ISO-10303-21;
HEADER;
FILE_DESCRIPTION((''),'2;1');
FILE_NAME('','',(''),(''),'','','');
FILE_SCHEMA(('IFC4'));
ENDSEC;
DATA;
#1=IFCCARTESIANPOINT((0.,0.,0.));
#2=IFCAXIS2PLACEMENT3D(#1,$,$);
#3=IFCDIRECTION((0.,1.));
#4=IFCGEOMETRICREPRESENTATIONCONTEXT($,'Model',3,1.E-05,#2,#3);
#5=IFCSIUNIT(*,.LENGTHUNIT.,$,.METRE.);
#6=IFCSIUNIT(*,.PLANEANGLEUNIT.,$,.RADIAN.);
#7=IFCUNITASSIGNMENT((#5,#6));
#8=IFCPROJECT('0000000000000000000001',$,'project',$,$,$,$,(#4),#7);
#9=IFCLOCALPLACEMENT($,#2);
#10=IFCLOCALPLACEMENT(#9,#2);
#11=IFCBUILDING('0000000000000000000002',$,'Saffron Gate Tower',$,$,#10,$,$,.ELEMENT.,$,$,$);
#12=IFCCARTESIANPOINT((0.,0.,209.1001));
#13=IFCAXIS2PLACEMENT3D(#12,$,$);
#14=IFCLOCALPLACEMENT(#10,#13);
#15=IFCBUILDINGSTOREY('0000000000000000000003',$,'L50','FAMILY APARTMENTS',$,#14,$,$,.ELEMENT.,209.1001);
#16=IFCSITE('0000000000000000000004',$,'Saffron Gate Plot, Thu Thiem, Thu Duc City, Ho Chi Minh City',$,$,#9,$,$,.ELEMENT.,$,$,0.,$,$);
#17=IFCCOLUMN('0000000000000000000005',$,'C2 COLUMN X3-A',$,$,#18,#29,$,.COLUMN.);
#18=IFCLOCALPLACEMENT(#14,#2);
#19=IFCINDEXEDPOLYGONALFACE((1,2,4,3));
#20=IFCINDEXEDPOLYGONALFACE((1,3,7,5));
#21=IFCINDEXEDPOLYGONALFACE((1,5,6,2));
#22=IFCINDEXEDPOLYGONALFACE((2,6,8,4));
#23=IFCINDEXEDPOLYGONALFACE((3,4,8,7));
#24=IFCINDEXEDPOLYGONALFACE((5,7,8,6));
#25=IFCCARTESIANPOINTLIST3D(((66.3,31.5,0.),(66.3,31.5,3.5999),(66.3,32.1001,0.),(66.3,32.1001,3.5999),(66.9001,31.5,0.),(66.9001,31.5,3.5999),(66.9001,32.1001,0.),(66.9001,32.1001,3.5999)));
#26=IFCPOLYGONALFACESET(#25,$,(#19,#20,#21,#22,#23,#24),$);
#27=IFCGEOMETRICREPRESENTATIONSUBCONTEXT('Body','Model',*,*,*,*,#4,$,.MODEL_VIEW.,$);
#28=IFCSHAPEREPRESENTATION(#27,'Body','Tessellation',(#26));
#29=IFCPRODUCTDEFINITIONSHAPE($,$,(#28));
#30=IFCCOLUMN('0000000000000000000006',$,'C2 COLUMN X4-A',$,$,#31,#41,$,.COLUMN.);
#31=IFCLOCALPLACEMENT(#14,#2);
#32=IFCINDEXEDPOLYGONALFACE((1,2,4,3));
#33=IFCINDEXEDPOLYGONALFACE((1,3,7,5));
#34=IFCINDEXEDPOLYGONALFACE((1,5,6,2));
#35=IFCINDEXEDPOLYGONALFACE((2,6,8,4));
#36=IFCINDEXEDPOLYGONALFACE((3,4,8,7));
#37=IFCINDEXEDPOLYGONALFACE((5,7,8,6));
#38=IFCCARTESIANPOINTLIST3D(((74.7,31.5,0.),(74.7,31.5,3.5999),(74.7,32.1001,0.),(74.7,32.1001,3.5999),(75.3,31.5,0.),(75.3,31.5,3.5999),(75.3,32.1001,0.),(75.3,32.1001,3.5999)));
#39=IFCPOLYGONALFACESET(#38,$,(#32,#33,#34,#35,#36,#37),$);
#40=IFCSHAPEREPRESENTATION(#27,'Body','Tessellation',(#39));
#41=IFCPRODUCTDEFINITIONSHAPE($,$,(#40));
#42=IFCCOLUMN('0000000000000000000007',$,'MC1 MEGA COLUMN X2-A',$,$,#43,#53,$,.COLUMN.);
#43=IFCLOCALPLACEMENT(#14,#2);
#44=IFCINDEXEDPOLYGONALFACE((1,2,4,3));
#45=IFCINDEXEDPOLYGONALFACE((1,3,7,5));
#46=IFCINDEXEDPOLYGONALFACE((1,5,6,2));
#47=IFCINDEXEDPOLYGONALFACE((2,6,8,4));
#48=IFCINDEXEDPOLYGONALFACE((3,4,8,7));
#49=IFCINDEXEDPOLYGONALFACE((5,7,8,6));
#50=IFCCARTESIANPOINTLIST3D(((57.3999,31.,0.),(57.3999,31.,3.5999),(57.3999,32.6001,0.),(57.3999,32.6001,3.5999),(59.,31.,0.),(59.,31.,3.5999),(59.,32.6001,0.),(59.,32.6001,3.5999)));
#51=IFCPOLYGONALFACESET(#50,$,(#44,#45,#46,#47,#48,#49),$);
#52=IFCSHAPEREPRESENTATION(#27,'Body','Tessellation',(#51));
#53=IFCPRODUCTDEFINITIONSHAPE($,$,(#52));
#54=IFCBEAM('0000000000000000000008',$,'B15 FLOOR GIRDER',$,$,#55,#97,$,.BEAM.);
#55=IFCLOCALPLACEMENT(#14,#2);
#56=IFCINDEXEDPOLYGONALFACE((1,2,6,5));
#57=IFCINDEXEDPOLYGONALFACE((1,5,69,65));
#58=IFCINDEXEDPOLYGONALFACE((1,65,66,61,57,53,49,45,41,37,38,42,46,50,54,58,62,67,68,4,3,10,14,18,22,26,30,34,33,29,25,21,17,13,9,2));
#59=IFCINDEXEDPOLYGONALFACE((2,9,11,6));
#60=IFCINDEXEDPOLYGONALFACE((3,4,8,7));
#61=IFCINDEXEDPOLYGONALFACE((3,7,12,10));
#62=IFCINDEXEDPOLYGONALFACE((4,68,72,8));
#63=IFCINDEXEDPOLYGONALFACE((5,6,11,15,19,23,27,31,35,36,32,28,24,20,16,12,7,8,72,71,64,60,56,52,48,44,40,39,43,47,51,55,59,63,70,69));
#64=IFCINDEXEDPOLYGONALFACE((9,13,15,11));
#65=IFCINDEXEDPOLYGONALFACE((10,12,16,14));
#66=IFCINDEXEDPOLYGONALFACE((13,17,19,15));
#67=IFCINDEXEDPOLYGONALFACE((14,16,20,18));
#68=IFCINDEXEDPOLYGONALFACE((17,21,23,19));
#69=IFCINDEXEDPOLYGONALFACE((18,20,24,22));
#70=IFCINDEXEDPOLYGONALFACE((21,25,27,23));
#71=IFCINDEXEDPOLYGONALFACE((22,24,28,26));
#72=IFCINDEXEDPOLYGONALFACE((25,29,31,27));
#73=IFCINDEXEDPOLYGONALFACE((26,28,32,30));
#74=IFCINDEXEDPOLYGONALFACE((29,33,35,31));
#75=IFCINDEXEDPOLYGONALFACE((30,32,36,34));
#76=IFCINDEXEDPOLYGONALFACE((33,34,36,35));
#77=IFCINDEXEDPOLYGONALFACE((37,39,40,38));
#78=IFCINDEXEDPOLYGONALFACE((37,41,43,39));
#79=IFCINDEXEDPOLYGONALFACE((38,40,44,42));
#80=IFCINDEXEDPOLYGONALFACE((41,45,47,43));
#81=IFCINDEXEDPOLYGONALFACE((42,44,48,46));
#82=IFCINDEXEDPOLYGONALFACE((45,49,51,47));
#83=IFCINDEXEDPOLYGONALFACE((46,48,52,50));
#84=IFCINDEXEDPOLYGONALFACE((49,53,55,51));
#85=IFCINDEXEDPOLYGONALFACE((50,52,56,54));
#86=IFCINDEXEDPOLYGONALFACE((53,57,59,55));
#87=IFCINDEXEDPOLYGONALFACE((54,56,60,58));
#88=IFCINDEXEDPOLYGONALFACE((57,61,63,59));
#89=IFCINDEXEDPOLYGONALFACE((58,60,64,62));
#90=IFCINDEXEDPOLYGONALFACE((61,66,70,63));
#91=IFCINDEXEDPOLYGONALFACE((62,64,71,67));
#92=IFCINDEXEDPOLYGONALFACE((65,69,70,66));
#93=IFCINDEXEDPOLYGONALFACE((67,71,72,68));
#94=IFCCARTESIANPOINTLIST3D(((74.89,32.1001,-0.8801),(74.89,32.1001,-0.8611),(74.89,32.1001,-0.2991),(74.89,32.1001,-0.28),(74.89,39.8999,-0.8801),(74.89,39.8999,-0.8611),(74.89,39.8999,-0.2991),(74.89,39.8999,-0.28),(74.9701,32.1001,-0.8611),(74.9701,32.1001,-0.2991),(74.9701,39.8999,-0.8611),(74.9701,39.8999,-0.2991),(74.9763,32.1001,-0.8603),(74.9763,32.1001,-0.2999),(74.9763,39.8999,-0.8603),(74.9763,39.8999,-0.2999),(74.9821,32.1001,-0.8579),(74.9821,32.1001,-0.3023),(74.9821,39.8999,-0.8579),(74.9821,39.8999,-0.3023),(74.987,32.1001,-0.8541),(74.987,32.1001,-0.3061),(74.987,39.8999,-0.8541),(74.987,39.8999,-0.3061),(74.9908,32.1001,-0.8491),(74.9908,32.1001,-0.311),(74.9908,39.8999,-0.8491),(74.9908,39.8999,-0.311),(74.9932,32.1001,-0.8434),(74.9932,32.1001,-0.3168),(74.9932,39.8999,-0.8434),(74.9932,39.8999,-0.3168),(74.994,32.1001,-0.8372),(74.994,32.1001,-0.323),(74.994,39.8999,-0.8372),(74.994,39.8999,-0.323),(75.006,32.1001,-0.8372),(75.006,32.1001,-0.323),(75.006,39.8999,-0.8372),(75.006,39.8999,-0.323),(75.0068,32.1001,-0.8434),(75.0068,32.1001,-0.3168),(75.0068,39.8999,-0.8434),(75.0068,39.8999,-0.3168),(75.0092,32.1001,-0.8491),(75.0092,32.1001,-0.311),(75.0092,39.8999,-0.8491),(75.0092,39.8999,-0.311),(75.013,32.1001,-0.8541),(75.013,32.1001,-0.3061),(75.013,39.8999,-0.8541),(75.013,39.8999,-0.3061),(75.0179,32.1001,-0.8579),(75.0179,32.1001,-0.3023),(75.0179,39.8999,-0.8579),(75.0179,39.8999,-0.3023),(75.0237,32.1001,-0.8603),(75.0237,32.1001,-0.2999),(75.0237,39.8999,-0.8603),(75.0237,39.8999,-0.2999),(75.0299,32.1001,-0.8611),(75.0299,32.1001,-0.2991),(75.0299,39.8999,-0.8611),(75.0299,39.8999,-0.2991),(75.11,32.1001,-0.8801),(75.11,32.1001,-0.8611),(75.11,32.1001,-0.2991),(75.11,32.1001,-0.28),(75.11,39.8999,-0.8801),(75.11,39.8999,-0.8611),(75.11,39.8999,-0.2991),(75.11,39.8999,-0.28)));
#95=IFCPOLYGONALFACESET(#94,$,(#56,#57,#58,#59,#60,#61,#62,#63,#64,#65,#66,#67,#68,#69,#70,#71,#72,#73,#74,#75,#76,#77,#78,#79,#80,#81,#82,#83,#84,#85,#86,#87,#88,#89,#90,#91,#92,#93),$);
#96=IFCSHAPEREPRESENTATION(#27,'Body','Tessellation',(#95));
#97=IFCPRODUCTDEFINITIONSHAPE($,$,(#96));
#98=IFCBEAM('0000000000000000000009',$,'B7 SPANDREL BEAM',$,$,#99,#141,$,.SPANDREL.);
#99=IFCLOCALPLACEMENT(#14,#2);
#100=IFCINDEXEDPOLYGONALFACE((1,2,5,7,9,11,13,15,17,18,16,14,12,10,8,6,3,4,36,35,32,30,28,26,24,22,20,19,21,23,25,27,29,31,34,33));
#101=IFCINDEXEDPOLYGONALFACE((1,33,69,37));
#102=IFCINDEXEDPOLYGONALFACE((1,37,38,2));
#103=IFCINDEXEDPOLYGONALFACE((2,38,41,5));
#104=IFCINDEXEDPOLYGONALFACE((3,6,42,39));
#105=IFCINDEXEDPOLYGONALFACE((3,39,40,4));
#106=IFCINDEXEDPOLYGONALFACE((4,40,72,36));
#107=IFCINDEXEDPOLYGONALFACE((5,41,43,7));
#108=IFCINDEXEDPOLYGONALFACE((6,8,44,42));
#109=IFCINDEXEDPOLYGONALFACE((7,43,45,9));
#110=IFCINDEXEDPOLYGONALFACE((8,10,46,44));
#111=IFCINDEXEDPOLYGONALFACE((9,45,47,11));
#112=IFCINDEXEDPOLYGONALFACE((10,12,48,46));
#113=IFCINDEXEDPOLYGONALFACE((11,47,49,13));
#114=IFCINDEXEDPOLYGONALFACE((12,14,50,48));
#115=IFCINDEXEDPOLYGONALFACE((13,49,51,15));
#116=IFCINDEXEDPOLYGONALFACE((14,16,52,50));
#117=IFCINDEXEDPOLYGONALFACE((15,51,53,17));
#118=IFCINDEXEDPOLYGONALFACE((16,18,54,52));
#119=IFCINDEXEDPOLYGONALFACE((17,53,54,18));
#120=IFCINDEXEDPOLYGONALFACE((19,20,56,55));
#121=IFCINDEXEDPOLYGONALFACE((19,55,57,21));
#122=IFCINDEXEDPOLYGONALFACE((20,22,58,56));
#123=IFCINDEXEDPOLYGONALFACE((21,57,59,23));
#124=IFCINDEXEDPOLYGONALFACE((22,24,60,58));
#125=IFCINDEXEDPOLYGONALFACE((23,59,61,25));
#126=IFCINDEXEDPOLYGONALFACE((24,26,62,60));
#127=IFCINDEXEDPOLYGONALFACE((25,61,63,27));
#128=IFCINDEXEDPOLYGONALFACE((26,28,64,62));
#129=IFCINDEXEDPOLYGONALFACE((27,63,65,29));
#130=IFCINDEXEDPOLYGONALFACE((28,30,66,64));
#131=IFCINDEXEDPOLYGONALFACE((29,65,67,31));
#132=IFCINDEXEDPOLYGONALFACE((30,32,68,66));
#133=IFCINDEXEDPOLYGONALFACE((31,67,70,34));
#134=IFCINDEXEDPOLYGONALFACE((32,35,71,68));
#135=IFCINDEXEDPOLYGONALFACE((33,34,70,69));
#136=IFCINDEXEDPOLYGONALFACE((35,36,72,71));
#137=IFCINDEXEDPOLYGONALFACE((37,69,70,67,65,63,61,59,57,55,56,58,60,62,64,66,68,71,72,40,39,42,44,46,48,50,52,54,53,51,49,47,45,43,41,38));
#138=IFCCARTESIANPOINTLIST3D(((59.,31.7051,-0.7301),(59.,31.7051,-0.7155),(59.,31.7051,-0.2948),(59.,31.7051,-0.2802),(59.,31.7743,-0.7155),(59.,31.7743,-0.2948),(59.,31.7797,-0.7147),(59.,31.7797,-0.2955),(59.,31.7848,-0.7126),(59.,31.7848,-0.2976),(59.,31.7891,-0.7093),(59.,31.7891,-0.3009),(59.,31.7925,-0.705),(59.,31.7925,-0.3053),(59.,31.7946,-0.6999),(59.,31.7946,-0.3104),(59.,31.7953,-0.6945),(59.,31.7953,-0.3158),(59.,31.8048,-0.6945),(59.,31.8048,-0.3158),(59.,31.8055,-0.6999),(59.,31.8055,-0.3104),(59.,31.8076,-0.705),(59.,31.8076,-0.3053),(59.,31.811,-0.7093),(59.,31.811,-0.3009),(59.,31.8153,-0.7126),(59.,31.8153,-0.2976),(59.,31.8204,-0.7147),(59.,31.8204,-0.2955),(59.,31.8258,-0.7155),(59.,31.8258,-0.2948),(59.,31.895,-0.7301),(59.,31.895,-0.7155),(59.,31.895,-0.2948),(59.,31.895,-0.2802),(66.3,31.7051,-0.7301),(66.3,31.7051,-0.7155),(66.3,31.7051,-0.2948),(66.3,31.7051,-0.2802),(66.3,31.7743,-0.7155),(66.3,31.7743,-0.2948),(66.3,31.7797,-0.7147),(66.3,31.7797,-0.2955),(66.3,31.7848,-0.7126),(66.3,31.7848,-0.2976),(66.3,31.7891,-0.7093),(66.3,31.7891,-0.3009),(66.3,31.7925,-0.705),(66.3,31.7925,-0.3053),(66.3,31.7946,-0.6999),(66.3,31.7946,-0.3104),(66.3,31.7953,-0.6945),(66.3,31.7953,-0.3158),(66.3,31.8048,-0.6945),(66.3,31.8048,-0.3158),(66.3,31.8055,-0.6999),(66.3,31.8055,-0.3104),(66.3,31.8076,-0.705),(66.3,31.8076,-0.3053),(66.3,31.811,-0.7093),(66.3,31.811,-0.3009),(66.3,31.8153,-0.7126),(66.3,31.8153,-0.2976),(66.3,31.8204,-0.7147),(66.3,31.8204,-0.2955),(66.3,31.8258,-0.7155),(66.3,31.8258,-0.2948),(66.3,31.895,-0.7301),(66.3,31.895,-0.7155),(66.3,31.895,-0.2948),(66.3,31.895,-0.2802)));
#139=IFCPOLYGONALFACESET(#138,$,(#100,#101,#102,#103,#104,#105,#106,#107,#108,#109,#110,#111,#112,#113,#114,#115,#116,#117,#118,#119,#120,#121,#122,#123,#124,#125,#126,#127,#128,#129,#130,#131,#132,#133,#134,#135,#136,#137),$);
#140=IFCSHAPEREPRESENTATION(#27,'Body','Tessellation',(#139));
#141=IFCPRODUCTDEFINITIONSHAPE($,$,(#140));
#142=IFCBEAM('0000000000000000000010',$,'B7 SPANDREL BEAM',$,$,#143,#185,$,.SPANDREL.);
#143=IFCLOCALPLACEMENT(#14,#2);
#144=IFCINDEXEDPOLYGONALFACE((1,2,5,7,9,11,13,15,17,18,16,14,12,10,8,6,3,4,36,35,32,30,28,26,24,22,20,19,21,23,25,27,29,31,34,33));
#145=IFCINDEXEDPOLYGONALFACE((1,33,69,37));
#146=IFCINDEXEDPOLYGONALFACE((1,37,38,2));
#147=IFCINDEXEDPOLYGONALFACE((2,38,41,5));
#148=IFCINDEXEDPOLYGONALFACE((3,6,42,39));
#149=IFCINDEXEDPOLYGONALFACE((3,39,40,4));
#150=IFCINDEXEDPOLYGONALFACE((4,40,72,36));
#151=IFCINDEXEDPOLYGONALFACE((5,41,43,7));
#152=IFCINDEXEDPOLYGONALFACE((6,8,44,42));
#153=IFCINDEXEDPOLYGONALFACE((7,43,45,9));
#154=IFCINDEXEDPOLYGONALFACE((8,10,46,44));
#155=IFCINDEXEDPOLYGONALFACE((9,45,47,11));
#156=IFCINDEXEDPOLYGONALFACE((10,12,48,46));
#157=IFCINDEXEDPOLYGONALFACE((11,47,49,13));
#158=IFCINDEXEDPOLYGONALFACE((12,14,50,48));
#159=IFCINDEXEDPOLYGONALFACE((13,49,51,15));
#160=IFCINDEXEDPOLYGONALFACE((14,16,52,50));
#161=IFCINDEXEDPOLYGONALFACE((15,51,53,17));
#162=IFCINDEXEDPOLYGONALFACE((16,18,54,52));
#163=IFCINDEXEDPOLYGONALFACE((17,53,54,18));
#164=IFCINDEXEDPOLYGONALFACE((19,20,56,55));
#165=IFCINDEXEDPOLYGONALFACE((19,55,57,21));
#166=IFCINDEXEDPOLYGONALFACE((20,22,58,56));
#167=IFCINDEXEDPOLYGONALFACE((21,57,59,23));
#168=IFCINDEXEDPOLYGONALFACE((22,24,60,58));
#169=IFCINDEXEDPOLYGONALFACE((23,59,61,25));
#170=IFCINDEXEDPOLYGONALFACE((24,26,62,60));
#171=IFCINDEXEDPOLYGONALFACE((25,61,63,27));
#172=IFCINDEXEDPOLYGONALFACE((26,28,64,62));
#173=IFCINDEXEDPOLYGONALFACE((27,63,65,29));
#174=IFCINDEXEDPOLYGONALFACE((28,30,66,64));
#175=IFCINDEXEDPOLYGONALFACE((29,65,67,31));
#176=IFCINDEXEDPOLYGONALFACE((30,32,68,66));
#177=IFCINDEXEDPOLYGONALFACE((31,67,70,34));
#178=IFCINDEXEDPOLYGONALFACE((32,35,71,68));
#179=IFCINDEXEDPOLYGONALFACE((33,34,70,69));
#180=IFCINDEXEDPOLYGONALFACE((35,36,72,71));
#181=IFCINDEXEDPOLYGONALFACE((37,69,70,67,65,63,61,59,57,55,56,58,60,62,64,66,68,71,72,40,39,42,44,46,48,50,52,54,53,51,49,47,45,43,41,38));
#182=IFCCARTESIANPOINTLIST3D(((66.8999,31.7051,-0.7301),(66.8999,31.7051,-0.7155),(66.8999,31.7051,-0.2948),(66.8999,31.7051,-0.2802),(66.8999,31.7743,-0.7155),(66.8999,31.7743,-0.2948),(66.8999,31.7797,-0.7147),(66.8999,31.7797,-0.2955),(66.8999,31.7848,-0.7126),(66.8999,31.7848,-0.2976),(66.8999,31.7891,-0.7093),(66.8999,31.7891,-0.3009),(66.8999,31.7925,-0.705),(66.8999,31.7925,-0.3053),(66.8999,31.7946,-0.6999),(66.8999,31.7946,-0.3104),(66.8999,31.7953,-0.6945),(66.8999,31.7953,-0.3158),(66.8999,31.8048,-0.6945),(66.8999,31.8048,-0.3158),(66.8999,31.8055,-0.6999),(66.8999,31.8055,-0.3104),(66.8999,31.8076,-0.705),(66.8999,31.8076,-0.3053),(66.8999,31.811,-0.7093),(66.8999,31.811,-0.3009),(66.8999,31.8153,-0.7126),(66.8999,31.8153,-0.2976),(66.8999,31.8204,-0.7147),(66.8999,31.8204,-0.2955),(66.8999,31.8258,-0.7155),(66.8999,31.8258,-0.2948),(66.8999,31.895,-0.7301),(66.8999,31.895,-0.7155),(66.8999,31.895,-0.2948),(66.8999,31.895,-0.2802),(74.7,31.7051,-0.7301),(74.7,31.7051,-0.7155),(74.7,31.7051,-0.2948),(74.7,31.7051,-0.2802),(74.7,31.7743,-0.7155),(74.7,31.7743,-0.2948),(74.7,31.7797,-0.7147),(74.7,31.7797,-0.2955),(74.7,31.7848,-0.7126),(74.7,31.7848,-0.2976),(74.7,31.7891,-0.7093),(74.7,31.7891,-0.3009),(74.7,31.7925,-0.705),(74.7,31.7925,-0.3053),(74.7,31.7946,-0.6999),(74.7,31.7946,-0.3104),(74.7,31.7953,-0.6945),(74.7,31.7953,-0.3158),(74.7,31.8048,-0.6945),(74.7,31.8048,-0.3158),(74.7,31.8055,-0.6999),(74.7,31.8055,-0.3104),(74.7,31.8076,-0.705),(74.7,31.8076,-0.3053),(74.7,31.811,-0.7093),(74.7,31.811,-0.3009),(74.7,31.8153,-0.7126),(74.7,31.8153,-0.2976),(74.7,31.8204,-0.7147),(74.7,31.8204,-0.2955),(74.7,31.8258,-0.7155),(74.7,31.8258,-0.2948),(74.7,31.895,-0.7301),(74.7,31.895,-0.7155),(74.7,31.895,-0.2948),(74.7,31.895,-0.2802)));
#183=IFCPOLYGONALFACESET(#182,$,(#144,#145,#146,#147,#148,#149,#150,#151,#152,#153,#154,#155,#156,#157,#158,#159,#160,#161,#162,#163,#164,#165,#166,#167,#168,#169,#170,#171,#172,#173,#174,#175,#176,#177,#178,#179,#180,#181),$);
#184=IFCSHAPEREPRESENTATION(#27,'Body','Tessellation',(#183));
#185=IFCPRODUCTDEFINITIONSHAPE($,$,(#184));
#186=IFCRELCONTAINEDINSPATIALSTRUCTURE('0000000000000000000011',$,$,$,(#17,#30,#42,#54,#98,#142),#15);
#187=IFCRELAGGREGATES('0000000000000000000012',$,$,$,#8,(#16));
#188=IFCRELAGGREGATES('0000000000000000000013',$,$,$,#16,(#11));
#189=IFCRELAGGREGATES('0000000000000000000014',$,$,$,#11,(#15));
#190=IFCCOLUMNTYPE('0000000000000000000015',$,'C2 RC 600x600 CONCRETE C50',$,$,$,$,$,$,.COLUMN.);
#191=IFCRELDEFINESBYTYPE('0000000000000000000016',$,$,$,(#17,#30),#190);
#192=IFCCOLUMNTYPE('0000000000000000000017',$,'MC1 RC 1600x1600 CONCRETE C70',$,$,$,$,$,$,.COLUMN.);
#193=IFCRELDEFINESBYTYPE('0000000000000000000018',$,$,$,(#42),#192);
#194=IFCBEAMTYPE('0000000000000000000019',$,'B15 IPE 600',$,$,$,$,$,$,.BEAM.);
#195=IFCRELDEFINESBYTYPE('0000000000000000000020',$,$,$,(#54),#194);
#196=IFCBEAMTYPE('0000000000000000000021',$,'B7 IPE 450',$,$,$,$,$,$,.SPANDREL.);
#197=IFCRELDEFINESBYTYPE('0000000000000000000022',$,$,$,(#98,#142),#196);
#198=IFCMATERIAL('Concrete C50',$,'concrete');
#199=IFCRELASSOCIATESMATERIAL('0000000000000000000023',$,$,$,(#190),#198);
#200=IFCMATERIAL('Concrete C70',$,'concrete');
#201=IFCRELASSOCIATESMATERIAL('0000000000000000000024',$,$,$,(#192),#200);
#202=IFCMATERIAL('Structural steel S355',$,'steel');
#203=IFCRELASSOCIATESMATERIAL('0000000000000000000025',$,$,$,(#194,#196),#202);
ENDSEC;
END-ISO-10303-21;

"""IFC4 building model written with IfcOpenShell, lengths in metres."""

from ifc_helpers import new_model, si_unit, direction, frame, origin, origin_2d, place, context, subcontext, project, spatial, rectangle, i_section, extrude, material, material_profile, profile_set, type_object, element, save


model = new_model("IFC4")

# Units and contexts
model_context = context("Model", 3, precision=1e-05, world=origin(), true_north=direction((0.0, 1.0)))
body_context = subcontext(model_context, "Body", "Model", "MODEL_VIEW")
ifc_project = project(units=[si_unit("LENGTHUNIT", "METRE"), si_unit("PLANEANGLEUNIT", "RADIAN")], contexts=[model_context])

# Site, building, storey
site_placement = place(None, origin())
site = spatial("IfcSite", under=ifc_project, at=site_placement, Name="Saffron Gate Plot, Thu Thiem, Thu Duc City, Ho Chi Minh City", CompositionType="ELEMENT", RefElevation=0.0)
building_placement = place(site_placement, origin())
building = spatial("IfcBuilding", under=site, at=building_placement, Name="Saffron Gate Tower", CompositionType="ELEMENT")
storey_placement = place(building_placement, frame((0.0, 0.0, 209.1001)))
storey = spatial("IfcBuildingStorey", under=building, at=storey_placement, Name="L50", Description="FAMILY APARTMENTS", CompositionType="ELEMENT", Elevation=209.1001)

# Columns
ifc_material_1 = material(Name="Concrete C50", Category="concrete")
ifc_material_profile_1 = material_profile(ifc_material_1, rectangle(XDim=0.6001, YDim=0.6001, at=origin_2d()))
ifc_profile_set_1 = profile_set([ifc_material_profile_1], Name="Concrete C50")
column_type_1 = type_object("IfcColumnType", Name="C2 RC 600x600 CONCRETE C50", PredefinedType="COLUMN", material=ifc_profile_set_1)
for number, where, z_axis, x_axis, name in (
    (1, (66.6001, 31.8, 0.0), (0.0, 0.0, 1.0), (1.0, 0.0, 0.0), "C2 COLUMN X3-A"),
    (2, (75.0, 31.8, 0.0), (0.0, 0.0, 1.0), (1.0, 0.0, 0.0), "C2 COLUMN X4-A"),
):
    element("IfcColumn", number, at=place(storey_placement, frame(where, z_axis=z_axis, x_axis=x_axis)), inside=storey, type_object=column_type_1, Name=name, PredefinedType="COLUMN", context=body_context, shape_type="SweptSolid", body=[
        extrude(rectangle(XDim=0.6001, YDim=0.6001, at=origin_2d()), origin(), (0.0, 0.0, 1.0), 3.5999),
    ])
ifc_material_2 = material(Name="Concrete C70", Category="concrete")
ifc_material_profile_2 = material_profile(ifc_material_2, rectangle(XDim=1.6001, YDim=1.6001, at=origin_2d()))
ifc_profile_set_2 = profile_set([ifc_material_profile_2], Name="Concrete C70")
column_type_2 = type_object("IfcColumnType", Name="MC1 RC 1600x1600 CONCRETE C70", PredefinedType="COLUMN", material=ifc_profile_set_2)
column_placement = place(storey_placement, frame((58.2, 31.8, 0.0), z_axis=(0.0, 0.0, 1.0), x_axis=(1.0, 0.0, 0.0)))
element("IfcColumn", 3, at=column_placement, inside=storey, type_object=column_type_2, Name="MC1 MEGA COLUMN X2-A", PredefinedType="COLUMN", context=body_context, shape_type="SweptSolid", body=[
    extrude(rectangle(XDim=1.6001, YDim=1.6001, at=origin_2d()), origin(), (0.0, 0.0, 1.0), 3.5999),
])

# Beams
ifc_material_3 = material(Name="Structural steel S355", Category="steel")
ifc_material_profile_3 = material_profile(ifc_material_3, i_section(OverallWidth=0.22, OverallDepth=0.6001, WebThickness=0.012, FlangeThickness=0.019, FilletRadius=0.0239, at=origin_2d()))
ifc_profile_set_3 = profile_set([ifc_material_profile_3], Name="Structural steel S355")
beam_type_1 = type_object("IfcBeamType", Name="B15 IPE 600", PredefinedType="BEAM", material=ifc_profile_set_3)
beam_1_placement = place(storey_placement, frame((75.0, 32.1001, -0.5801), z_axis=(0.0, 1.0, 0.0), x_axis=(-1.0, 0.0, 0.0)))
element("IfcBeam", 4, at=beam_1_placement, inside=storey, type_object=beam_type_1, Name="B15 FLOOR GIRDER", PredefinedType="BEAM", context=body_context, shape_type="SweptSolid", body=[
    extrude(i_section(OverallWidth=0.22, OverallDepth=0.6001, WebThickness=0.012, FlangeThickness=0.019, FilletRadius=0.0239, at=origin_2d()), origin(), (0.0, 0.0, 1.0), 7.7998),
])
ifc_material_profile_4 = material_profile(ifc_material_3, i_section(OverallWidth=0.1899, OverallDepth=0.45, WebThickness=0.0095, FlangeThickness=0.0146, FilletRadius=0.021, at=origin_2d()))
ifc_profile_set_4 = profile_set([ifc_material_profile_4], Name="Structural steel S355")
beam_type_2 = type_object("IfcBeamType", Name="B7 IPE 450", PredefinedType="SPANDREL", material=ifc_profile_set_4)
beam_2_placement = place(storey_placement, frame((59.0, 31.8, -0.5051), z_axis=(1.0, 0.0, 0.0), x_axis=(0.0, 1.0, 0.0)))
element("IfcBeam", 5, at=beam_2_placement, inside=storey, type_object=beam_type_2, Name="B7 SPANDREL BEAM", PredefinedType="SPANDREL", context=body_context, shape_type="SweptSolid", body=[
    extrude(i_section(OverallWidth=0.1899, OverallDepth=0.45, WebThickness=0.0095, FlangeThickness=0.0146, FilletRadius=0.021, at=origin_2d()), origin(), (0.0, 0.0, 1.0), 7.3),
])
beam_3_placement = place(storey_placement, frame((66.8999, 31.8, -0.5051), z_axis=(1.0, 0.0, 0.0), x_axis=(0.0, 1.0, 0.0)))
element("IfcBeam", 6, at=beam_3_placement, inside=storey, type_object=beam_type_2, Name="B7 SPANDREL BEAM", PredefinedType="SPANDREL", context=body_context, shape_type="SweptSolid", body=[
    extrude(i_section(OverallWidth=0.1899, OverallDepth=0.45, WebThickness=0.0095, FlangeThickness=0.0146, FilletRadius=0.021, at=origin_2d()), origin(), (0.0, 0.0, 1.0), 7.8),
])

save(model, "model.ifc")
